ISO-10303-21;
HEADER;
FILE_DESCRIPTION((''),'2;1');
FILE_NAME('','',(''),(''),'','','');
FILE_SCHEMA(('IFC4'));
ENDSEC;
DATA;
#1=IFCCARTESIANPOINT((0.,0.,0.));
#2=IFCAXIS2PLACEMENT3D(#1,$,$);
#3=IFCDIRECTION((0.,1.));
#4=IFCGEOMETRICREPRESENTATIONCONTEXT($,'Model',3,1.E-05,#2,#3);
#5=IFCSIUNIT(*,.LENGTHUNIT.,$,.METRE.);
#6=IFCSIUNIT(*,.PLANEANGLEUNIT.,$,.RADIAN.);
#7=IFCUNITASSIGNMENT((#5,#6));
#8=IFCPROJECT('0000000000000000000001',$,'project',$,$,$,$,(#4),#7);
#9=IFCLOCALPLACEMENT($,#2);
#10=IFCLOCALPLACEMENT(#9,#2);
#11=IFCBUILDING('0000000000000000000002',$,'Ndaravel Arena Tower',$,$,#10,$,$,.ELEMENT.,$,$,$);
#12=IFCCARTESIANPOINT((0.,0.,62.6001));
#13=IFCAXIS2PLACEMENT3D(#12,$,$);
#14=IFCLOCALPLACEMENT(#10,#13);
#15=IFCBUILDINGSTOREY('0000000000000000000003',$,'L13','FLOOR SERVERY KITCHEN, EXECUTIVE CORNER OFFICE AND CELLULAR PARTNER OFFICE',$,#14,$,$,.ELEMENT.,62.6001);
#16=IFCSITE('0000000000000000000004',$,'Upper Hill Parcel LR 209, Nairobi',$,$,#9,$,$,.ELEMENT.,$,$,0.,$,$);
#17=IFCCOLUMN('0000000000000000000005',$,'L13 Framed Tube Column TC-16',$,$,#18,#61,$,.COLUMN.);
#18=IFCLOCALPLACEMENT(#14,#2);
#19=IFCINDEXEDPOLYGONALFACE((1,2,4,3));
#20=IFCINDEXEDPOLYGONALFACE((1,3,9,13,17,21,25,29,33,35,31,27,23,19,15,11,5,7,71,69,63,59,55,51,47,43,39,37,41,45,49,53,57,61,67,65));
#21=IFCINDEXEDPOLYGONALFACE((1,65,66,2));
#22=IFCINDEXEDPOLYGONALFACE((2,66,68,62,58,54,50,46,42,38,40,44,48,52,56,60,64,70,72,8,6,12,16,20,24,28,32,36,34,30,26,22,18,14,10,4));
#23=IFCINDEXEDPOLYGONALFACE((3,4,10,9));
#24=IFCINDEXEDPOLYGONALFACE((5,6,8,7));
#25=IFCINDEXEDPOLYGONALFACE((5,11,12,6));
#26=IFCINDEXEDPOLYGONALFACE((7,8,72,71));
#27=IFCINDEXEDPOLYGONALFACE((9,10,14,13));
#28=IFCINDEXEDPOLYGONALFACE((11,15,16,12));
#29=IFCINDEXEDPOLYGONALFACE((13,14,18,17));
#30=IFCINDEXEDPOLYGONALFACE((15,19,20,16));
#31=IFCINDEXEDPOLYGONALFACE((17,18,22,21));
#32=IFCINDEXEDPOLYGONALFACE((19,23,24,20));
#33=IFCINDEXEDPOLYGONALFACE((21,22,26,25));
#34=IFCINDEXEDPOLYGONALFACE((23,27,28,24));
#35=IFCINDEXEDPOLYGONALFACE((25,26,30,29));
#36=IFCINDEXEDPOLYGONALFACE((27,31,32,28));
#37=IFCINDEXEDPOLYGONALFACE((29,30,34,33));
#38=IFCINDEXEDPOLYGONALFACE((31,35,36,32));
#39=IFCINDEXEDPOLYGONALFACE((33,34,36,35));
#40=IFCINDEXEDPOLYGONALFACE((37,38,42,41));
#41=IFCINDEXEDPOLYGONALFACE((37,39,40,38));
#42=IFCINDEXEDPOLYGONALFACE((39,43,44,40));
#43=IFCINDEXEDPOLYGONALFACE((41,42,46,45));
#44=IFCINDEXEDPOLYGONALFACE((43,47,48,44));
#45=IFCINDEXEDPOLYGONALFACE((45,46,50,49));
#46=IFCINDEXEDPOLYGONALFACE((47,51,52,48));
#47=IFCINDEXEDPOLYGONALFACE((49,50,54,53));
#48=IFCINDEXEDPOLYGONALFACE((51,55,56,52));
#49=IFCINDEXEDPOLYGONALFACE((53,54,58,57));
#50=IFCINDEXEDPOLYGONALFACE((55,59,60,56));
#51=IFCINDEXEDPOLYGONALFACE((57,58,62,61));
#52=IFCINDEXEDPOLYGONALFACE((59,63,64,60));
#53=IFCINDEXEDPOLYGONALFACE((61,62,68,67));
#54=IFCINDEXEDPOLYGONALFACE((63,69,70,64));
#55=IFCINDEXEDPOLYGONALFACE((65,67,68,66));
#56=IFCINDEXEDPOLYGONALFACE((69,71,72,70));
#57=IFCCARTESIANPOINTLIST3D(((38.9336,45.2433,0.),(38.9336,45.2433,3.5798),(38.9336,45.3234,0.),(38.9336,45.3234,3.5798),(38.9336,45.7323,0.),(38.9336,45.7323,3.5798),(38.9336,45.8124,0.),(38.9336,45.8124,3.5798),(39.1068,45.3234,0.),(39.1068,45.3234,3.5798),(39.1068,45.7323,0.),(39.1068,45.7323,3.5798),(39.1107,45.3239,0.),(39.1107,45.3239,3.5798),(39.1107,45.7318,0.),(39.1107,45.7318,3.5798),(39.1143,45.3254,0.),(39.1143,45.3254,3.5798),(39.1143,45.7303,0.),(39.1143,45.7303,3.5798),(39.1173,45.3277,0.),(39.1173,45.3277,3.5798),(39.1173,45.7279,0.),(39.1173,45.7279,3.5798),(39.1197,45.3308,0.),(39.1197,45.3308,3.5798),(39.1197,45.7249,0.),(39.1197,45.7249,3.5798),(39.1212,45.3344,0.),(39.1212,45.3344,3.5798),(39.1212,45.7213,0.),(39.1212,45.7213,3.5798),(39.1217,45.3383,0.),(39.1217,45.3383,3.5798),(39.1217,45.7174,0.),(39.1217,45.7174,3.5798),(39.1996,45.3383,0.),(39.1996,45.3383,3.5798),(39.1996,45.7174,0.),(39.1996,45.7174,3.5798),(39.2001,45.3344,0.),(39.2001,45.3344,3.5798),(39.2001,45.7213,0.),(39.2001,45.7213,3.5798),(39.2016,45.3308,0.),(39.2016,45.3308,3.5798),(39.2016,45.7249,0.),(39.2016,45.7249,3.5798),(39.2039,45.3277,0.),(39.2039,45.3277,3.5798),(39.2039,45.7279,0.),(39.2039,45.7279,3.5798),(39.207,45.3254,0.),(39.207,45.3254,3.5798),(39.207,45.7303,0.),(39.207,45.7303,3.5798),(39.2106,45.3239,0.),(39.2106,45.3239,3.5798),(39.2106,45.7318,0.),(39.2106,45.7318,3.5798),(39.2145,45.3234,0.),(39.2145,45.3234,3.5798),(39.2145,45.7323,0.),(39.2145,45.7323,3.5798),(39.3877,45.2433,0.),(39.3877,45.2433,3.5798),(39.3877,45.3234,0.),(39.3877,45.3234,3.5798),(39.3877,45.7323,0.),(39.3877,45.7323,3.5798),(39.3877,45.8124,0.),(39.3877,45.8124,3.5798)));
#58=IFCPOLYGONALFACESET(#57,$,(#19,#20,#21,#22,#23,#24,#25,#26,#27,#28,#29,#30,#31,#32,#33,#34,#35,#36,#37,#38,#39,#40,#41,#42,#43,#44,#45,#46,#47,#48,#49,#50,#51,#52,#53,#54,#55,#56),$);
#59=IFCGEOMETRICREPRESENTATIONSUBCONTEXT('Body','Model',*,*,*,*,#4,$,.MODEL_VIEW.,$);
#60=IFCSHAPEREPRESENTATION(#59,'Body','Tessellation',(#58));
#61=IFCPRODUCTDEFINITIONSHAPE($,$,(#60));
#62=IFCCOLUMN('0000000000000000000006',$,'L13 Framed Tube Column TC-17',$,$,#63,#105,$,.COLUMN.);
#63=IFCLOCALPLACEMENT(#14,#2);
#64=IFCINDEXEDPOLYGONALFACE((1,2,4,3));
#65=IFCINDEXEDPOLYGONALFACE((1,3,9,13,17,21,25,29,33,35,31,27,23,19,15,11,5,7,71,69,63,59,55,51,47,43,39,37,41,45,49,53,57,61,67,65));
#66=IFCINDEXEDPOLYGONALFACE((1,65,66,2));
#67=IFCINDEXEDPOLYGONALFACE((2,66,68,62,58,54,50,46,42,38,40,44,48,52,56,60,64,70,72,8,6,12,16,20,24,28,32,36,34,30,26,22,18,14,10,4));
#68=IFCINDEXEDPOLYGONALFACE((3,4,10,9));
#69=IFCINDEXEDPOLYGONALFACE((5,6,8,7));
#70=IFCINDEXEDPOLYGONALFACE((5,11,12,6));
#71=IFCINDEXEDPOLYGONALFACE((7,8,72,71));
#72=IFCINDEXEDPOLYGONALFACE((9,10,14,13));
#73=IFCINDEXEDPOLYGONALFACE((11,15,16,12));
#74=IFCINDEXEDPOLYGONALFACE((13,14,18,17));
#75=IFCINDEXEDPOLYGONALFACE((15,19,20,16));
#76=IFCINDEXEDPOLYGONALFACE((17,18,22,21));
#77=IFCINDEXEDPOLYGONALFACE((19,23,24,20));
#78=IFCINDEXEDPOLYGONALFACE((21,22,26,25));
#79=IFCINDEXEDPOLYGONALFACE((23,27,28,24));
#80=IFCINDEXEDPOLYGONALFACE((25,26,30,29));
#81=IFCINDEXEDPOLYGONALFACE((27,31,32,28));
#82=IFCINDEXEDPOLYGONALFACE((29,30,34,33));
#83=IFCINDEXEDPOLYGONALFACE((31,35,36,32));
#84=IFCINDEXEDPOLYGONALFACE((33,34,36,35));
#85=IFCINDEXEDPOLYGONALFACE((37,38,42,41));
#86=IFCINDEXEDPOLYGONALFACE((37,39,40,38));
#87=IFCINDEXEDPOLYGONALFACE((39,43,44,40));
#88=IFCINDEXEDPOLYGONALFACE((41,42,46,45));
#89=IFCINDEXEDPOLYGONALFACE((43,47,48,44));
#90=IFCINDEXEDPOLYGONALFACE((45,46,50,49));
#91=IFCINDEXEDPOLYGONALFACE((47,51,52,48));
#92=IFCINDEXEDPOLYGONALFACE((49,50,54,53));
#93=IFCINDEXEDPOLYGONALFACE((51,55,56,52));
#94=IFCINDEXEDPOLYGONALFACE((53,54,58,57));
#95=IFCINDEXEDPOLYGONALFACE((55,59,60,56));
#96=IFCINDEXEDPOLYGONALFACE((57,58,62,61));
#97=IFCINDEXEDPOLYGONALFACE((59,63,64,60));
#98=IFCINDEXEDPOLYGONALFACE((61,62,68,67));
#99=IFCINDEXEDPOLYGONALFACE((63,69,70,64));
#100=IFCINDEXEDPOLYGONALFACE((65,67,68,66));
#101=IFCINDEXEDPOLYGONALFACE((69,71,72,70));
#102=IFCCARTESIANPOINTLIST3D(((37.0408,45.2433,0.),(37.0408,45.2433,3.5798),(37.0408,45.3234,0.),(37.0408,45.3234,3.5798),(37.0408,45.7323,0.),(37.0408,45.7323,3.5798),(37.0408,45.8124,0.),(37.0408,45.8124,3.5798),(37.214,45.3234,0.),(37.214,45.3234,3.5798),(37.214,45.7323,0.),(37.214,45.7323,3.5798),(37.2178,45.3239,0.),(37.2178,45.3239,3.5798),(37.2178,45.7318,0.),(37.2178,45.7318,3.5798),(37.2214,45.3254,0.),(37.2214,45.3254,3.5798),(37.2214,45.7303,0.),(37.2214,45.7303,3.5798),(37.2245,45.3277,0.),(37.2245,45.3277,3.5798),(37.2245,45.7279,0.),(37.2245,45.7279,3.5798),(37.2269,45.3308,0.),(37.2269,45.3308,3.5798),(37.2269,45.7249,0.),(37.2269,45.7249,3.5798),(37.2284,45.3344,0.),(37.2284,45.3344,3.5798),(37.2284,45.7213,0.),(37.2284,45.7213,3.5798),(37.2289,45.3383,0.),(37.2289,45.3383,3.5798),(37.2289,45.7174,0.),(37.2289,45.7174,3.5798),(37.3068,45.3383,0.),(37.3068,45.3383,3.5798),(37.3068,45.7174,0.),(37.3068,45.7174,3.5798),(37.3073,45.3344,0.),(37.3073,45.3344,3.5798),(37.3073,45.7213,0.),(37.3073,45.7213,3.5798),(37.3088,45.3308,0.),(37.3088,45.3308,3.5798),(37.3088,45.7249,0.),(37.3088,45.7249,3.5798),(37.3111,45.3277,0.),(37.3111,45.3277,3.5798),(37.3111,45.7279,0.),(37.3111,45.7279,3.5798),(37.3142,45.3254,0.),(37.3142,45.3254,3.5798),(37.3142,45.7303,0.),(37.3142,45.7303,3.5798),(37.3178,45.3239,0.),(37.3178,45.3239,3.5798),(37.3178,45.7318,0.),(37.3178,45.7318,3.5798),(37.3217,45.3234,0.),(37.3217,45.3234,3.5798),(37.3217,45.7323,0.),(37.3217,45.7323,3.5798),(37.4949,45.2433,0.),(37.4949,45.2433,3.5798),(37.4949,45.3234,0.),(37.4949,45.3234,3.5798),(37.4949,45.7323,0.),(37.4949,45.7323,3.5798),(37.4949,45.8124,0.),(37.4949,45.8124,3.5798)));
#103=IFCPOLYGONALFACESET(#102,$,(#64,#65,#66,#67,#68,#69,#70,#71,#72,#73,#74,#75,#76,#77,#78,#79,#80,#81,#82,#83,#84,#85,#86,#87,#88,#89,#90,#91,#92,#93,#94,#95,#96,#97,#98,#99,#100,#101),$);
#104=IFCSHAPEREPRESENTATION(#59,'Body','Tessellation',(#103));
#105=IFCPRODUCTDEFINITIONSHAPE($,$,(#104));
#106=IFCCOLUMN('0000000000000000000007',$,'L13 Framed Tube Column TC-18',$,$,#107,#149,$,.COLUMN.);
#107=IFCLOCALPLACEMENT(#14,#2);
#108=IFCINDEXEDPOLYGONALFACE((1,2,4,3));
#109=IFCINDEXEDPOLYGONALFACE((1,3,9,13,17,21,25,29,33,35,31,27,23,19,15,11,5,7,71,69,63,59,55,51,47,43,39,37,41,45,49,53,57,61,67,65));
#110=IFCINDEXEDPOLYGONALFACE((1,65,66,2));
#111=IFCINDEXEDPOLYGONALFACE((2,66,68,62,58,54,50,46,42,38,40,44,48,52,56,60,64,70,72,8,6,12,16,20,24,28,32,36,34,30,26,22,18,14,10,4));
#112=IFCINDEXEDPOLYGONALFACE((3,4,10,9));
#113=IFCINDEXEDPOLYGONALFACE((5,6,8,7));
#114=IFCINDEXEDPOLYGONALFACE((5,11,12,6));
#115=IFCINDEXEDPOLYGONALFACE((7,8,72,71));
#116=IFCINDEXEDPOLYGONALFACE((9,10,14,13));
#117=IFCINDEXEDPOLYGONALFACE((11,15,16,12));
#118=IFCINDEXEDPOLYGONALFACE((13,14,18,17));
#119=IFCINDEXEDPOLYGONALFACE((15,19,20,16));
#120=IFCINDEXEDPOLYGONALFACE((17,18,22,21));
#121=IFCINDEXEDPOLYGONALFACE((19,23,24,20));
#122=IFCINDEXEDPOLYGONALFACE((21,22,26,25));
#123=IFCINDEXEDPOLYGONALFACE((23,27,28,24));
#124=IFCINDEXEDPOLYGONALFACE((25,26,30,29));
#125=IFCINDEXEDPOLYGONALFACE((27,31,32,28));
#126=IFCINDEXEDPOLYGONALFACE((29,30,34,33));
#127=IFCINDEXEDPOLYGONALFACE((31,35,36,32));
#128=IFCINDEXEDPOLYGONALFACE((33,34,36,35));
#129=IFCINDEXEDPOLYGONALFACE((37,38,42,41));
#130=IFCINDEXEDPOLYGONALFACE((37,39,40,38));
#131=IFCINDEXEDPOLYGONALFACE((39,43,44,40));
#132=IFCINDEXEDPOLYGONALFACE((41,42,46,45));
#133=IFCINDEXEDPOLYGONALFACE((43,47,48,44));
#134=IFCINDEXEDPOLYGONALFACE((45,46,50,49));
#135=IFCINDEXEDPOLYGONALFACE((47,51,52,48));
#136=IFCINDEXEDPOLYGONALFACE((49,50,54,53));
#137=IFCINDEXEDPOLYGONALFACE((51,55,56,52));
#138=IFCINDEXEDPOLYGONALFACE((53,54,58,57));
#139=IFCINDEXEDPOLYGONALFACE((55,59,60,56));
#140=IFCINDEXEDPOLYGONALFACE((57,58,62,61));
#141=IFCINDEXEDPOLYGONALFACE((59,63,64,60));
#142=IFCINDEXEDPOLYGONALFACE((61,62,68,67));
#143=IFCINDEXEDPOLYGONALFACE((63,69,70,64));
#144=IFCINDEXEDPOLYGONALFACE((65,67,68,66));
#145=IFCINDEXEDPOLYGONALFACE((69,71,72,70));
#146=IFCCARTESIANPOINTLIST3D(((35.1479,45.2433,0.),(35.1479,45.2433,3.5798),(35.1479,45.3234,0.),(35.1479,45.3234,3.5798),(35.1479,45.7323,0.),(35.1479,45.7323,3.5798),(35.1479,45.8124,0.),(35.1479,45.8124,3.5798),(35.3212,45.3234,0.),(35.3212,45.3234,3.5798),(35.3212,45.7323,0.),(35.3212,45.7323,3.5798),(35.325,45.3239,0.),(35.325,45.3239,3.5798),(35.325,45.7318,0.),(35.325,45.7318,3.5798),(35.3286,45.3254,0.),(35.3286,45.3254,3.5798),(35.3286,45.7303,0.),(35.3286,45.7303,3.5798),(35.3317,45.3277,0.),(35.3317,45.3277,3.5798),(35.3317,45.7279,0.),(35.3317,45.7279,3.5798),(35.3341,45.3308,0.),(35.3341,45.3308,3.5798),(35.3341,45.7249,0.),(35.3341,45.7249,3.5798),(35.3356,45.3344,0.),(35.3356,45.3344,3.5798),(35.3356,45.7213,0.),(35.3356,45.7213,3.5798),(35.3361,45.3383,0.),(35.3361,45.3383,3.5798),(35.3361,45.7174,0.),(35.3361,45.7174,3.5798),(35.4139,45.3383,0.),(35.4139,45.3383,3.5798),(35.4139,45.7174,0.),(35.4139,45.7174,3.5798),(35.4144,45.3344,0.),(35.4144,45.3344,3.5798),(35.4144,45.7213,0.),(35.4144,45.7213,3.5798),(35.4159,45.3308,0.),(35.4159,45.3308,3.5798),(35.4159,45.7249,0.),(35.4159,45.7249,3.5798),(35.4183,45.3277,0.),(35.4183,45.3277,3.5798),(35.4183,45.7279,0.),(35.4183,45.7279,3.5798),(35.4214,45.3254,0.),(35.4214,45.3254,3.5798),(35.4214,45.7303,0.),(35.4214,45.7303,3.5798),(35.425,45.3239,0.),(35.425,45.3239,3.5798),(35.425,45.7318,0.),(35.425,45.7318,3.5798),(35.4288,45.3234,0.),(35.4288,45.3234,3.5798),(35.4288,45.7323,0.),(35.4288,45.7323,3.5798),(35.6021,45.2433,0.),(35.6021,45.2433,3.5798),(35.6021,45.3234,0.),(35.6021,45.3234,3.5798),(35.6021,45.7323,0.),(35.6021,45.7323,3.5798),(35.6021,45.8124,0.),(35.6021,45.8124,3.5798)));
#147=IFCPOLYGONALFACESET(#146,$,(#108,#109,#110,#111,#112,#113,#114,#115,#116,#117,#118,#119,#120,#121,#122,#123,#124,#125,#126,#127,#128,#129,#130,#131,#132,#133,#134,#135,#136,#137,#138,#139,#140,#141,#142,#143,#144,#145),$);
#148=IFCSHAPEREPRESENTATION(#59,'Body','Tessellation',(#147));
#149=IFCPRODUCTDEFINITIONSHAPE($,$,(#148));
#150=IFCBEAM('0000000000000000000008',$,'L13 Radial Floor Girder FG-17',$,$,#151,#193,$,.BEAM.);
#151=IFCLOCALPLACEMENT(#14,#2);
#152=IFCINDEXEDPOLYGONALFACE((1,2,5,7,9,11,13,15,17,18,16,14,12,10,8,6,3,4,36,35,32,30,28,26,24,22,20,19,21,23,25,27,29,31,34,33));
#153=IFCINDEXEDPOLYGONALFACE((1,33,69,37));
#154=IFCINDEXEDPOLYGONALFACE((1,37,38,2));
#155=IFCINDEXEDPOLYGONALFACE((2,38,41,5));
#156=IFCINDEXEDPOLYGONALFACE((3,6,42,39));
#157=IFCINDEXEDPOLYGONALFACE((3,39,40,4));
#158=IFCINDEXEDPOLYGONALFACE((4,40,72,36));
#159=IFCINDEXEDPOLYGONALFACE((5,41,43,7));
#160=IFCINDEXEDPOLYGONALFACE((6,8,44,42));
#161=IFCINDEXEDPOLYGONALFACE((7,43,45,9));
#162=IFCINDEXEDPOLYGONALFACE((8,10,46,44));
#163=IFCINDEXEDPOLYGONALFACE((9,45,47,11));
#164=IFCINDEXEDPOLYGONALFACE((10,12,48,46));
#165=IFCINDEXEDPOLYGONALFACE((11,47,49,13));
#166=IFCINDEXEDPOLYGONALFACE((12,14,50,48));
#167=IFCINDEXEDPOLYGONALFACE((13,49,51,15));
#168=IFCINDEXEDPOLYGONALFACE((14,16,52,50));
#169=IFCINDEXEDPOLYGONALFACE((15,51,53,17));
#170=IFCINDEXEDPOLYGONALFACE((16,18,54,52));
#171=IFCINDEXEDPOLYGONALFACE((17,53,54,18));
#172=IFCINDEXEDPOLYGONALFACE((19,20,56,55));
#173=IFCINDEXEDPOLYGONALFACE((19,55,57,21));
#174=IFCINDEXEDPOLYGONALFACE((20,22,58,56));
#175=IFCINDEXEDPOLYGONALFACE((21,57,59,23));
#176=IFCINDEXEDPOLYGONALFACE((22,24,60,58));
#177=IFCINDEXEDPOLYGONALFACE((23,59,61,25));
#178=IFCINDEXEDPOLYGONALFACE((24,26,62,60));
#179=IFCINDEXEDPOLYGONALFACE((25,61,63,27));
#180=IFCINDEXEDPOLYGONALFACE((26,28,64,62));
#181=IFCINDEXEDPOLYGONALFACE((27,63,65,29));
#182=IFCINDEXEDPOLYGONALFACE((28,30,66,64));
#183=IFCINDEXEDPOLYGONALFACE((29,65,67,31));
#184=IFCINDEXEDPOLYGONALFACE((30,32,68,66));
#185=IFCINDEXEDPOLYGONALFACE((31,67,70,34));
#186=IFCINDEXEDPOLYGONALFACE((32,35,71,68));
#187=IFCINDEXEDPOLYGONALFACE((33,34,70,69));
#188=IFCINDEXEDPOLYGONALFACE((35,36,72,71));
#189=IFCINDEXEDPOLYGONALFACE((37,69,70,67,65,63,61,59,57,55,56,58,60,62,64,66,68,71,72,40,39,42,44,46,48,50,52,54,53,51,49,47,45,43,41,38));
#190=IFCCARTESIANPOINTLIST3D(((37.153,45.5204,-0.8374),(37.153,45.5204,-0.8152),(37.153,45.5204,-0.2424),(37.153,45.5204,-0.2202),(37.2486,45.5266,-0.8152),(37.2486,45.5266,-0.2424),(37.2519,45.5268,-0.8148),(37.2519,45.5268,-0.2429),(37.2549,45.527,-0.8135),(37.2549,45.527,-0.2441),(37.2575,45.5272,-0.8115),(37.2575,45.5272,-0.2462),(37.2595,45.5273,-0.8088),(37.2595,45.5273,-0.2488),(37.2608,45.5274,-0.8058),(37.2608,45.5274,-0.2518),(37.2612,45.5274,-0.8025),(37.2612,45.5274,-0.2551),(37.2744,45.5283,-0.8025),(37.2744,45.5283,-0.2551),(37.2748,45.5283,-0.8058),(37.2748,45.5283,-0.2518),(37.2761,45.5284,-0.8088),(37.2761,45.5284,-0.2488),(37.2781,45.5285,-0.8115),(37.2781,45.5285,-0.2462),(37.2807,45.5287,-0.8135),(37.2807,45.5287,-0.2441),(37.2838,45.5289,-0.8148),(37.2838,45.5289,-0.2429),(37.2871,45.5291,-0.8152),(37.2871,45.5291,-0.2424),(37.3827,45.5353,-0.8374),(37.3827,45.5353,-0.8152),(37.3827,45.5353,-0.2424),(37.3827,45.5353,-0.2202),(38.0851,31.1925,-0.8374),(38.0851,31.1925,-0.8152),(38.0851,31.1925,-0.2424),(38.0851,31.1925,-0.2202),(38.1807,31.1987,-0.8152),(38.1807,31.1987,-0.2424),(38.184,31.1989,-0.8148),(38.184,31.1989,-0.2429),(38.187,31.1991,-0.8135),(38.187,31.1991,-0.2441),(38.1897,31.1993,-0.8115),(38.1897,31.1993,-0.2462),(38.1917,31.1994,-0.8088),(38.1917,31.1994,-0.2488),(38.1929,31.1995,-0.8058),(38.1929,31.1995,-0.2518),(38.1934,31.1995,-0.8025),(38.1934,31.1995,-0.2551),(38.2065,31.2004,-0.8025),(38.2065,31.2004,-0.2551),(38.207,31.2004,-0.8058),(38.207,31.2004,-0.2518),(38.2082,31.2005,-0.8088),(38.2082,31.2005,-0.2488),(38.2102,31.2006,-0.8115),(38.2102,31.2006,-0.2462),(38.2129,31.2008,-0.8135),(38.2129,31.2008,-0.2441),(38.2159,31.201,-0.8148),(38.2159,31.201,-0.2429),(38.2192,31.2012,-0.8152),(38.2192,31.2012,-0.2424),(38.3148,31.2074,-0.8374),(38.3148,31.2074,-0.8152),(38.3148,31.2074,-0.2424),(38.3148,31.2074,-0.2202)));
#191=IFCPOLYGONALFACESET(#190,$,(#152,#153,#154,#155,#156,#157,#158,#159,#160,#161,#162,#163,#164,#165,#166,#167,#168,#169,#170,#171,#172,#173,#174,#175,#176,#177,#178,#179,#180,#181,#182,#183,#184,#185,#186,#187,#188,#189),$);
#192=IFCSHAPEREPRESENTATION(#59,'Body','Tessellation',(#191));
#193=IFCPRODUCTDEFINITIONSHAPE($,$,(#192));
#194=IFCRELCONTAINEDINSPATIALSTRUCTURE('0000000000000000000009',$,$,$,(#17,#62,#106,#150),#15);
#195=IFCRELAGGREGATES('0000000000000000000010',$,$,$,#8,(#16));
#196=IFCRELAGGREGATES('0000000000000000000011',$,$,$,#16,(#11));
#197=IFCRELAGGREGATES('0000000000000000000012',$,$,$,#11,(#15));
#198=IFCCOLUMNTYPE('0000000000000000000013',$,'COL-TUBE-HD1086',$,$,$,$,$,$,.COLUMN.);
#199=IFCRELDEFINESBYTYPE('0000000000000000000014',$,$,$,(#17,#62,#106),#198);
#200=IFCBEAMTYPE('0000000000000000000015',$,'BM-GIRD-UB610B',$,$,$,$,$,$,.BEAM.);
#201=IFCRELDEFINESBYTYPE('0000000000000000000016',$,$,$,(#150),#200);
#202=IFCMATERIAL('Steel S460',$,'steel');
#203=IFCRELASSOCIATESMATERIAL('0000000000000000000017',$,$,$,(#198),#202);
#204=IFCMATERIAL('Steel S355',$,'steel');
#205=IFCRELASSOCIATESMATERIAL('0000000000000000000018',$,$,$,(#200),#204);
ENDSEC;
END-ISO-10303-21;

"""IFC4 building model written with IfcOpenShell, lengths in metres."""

from ifc_helpers import new_model, si_unit, direction, frame, origin, origin_2d, place, context, subcontext, project, spatial, i_section, extrude, material, material_profile, profile_set, type_object, element, save


model = new_model("IFC4")

# Units and contexts
model_context = context("Model", 3, precision=1e-05, world=origin(), true_north=direction((0.0, 1.0)))
body_context = subcontext(model_context, "Body", "Model", "MODEL_VIEW")
ifc_project = project(units=[si_unit("LENGTHUNIT", "METRE"), si_unit("PLANEANGLEUNIT", "RADIAN")], contexts=[model_context])

# Site, building, storey
site_placement = place(None, origin())
site = spatial("IfcSite", under=ifc_project, at=site_placement, Name="Upper Hill Parcel LR 209, Nairobi", CompositionType="ELEMENT", RefElevation=0.0)
building_placement = place(site_placement, origin())
building = spatial("IfcBuilding", under=site, at=building_placement, Name="Ndaravel Arena Tower", CompositionType="ELEMENT")
storey_placement = place(building_placement, frame((0.0, 0.0, 62.6001)))
storey = spatial("IfcBuildingStorey", under=building, at=storey_placement, Name="L13", Description="FLOOR SERVERY KITCHEN, EXECUTIVE CORNER OFFICE AND CELLULAR PARTNER OFFICE", CompositionType="ELEMENT", Elevation=62.6001)

# Columns
ifc_material_1 = material(Name="Steel S460", Category="steel")
ifc_material_profile_1 = material_profile(ifc_material_1, i_section(OverallWidth=0.4541, OverallDepth=0.5691, WebThickness=0.0779, FlangeThickness=0.0801, FilletRadius=0.0149, at=origin_2d()), Name="HD 400x1086")
ifc_profile_set_1 = profile_set([ifc_material_profile_1], Name="Steel S460")
column_type = type_object("IfcColumnType", Name="COL-TUBE-HD1086", PredefinedType="COLUMN", material=ifc_profile_set_1)
for number, where, z_axis, x_axis, name in (
    (1, (39.1606, 45.5278, 0.0), (0.0, 0.0, 1.0), (1.0, 0.0, 0.0), "L13 Framed Tube Column TC-16"),
    (2, (37.2678, 45.5278, 0.0), (0.0, 0.0, 1.0), (1.0, 0.0, 0.0), "L13 Framed Tube Column TC-17"),
    (3, (35.375, 45.5278, 0.0), (0.0, 0.0, 1.0), (1.0, 0.0, 0.0), "L13 Framed Tube Column TC-18"),
):
    element("IfcColumn", number, at=place(storey_placement, frame(where, z_axis=z_axis, x_axis=x_axis)), inside=storey, type_object=column_type, Name=name, PredefinedType="COLUMN", context=body_context, shape_type="SweptSolid", body=[
        extrude(i_section(OverallWidth=0.4541, OverallDepth=0.5691, WebThickness=0.0779, FlangeThickness=0.0801, FilletRadius=0.0149, at=origin_2d()), origin(), (0.0, 0.0, 1.0), 3.5798),
    ])

# Beam
ifc_material_2 = material(Name="Steel S355", Category="steel")
ifc_material_profile_2 = material_profile(ifc_material_2, i_section(OverallWidth=0.2302, OverallDepth=0.6172, WebThickness=0.0132, FlangeThickness=0.0222, FilletRadius=0.0127, at=origin_2d()), Name="UB 610x229x140")
ifc_profile_set_2 = profile_set([ifc_material_profile_2], Name="Steel S355")
beam_type_1 = type_object("IfcBeamType", Name="BM-GIRD-UB610B", PredefinedType="BEAM", material=ifc_profile_set_2)
beam_1_placement = place(storey_placement, frame((37.2678, 45.5278, -0.5288), z_axis=(0.06492, -0.99789, 0.0), x_axis=(0.99789, 0.06492, 0.0)))
element("IfcBeam", 4, at=beam_1_placement, inside=storey, type_object=beam_type_1, Name="L13 Radial Floor Girder FG-17", PredefinedType="BEAM", context=body_context, shape_type="SweptSolid", body=[
    extrude(i_section(OverallWidth=0.2302, OverallDepth=0.6172, WebThickness=0.0132, FlangeThickness=0.0222, FilletRadius=0.0127, at=origin_2d()), origin(), (0.0, 0.0, 1.0), 14.3582),
])

save(model, "model.ifc")
